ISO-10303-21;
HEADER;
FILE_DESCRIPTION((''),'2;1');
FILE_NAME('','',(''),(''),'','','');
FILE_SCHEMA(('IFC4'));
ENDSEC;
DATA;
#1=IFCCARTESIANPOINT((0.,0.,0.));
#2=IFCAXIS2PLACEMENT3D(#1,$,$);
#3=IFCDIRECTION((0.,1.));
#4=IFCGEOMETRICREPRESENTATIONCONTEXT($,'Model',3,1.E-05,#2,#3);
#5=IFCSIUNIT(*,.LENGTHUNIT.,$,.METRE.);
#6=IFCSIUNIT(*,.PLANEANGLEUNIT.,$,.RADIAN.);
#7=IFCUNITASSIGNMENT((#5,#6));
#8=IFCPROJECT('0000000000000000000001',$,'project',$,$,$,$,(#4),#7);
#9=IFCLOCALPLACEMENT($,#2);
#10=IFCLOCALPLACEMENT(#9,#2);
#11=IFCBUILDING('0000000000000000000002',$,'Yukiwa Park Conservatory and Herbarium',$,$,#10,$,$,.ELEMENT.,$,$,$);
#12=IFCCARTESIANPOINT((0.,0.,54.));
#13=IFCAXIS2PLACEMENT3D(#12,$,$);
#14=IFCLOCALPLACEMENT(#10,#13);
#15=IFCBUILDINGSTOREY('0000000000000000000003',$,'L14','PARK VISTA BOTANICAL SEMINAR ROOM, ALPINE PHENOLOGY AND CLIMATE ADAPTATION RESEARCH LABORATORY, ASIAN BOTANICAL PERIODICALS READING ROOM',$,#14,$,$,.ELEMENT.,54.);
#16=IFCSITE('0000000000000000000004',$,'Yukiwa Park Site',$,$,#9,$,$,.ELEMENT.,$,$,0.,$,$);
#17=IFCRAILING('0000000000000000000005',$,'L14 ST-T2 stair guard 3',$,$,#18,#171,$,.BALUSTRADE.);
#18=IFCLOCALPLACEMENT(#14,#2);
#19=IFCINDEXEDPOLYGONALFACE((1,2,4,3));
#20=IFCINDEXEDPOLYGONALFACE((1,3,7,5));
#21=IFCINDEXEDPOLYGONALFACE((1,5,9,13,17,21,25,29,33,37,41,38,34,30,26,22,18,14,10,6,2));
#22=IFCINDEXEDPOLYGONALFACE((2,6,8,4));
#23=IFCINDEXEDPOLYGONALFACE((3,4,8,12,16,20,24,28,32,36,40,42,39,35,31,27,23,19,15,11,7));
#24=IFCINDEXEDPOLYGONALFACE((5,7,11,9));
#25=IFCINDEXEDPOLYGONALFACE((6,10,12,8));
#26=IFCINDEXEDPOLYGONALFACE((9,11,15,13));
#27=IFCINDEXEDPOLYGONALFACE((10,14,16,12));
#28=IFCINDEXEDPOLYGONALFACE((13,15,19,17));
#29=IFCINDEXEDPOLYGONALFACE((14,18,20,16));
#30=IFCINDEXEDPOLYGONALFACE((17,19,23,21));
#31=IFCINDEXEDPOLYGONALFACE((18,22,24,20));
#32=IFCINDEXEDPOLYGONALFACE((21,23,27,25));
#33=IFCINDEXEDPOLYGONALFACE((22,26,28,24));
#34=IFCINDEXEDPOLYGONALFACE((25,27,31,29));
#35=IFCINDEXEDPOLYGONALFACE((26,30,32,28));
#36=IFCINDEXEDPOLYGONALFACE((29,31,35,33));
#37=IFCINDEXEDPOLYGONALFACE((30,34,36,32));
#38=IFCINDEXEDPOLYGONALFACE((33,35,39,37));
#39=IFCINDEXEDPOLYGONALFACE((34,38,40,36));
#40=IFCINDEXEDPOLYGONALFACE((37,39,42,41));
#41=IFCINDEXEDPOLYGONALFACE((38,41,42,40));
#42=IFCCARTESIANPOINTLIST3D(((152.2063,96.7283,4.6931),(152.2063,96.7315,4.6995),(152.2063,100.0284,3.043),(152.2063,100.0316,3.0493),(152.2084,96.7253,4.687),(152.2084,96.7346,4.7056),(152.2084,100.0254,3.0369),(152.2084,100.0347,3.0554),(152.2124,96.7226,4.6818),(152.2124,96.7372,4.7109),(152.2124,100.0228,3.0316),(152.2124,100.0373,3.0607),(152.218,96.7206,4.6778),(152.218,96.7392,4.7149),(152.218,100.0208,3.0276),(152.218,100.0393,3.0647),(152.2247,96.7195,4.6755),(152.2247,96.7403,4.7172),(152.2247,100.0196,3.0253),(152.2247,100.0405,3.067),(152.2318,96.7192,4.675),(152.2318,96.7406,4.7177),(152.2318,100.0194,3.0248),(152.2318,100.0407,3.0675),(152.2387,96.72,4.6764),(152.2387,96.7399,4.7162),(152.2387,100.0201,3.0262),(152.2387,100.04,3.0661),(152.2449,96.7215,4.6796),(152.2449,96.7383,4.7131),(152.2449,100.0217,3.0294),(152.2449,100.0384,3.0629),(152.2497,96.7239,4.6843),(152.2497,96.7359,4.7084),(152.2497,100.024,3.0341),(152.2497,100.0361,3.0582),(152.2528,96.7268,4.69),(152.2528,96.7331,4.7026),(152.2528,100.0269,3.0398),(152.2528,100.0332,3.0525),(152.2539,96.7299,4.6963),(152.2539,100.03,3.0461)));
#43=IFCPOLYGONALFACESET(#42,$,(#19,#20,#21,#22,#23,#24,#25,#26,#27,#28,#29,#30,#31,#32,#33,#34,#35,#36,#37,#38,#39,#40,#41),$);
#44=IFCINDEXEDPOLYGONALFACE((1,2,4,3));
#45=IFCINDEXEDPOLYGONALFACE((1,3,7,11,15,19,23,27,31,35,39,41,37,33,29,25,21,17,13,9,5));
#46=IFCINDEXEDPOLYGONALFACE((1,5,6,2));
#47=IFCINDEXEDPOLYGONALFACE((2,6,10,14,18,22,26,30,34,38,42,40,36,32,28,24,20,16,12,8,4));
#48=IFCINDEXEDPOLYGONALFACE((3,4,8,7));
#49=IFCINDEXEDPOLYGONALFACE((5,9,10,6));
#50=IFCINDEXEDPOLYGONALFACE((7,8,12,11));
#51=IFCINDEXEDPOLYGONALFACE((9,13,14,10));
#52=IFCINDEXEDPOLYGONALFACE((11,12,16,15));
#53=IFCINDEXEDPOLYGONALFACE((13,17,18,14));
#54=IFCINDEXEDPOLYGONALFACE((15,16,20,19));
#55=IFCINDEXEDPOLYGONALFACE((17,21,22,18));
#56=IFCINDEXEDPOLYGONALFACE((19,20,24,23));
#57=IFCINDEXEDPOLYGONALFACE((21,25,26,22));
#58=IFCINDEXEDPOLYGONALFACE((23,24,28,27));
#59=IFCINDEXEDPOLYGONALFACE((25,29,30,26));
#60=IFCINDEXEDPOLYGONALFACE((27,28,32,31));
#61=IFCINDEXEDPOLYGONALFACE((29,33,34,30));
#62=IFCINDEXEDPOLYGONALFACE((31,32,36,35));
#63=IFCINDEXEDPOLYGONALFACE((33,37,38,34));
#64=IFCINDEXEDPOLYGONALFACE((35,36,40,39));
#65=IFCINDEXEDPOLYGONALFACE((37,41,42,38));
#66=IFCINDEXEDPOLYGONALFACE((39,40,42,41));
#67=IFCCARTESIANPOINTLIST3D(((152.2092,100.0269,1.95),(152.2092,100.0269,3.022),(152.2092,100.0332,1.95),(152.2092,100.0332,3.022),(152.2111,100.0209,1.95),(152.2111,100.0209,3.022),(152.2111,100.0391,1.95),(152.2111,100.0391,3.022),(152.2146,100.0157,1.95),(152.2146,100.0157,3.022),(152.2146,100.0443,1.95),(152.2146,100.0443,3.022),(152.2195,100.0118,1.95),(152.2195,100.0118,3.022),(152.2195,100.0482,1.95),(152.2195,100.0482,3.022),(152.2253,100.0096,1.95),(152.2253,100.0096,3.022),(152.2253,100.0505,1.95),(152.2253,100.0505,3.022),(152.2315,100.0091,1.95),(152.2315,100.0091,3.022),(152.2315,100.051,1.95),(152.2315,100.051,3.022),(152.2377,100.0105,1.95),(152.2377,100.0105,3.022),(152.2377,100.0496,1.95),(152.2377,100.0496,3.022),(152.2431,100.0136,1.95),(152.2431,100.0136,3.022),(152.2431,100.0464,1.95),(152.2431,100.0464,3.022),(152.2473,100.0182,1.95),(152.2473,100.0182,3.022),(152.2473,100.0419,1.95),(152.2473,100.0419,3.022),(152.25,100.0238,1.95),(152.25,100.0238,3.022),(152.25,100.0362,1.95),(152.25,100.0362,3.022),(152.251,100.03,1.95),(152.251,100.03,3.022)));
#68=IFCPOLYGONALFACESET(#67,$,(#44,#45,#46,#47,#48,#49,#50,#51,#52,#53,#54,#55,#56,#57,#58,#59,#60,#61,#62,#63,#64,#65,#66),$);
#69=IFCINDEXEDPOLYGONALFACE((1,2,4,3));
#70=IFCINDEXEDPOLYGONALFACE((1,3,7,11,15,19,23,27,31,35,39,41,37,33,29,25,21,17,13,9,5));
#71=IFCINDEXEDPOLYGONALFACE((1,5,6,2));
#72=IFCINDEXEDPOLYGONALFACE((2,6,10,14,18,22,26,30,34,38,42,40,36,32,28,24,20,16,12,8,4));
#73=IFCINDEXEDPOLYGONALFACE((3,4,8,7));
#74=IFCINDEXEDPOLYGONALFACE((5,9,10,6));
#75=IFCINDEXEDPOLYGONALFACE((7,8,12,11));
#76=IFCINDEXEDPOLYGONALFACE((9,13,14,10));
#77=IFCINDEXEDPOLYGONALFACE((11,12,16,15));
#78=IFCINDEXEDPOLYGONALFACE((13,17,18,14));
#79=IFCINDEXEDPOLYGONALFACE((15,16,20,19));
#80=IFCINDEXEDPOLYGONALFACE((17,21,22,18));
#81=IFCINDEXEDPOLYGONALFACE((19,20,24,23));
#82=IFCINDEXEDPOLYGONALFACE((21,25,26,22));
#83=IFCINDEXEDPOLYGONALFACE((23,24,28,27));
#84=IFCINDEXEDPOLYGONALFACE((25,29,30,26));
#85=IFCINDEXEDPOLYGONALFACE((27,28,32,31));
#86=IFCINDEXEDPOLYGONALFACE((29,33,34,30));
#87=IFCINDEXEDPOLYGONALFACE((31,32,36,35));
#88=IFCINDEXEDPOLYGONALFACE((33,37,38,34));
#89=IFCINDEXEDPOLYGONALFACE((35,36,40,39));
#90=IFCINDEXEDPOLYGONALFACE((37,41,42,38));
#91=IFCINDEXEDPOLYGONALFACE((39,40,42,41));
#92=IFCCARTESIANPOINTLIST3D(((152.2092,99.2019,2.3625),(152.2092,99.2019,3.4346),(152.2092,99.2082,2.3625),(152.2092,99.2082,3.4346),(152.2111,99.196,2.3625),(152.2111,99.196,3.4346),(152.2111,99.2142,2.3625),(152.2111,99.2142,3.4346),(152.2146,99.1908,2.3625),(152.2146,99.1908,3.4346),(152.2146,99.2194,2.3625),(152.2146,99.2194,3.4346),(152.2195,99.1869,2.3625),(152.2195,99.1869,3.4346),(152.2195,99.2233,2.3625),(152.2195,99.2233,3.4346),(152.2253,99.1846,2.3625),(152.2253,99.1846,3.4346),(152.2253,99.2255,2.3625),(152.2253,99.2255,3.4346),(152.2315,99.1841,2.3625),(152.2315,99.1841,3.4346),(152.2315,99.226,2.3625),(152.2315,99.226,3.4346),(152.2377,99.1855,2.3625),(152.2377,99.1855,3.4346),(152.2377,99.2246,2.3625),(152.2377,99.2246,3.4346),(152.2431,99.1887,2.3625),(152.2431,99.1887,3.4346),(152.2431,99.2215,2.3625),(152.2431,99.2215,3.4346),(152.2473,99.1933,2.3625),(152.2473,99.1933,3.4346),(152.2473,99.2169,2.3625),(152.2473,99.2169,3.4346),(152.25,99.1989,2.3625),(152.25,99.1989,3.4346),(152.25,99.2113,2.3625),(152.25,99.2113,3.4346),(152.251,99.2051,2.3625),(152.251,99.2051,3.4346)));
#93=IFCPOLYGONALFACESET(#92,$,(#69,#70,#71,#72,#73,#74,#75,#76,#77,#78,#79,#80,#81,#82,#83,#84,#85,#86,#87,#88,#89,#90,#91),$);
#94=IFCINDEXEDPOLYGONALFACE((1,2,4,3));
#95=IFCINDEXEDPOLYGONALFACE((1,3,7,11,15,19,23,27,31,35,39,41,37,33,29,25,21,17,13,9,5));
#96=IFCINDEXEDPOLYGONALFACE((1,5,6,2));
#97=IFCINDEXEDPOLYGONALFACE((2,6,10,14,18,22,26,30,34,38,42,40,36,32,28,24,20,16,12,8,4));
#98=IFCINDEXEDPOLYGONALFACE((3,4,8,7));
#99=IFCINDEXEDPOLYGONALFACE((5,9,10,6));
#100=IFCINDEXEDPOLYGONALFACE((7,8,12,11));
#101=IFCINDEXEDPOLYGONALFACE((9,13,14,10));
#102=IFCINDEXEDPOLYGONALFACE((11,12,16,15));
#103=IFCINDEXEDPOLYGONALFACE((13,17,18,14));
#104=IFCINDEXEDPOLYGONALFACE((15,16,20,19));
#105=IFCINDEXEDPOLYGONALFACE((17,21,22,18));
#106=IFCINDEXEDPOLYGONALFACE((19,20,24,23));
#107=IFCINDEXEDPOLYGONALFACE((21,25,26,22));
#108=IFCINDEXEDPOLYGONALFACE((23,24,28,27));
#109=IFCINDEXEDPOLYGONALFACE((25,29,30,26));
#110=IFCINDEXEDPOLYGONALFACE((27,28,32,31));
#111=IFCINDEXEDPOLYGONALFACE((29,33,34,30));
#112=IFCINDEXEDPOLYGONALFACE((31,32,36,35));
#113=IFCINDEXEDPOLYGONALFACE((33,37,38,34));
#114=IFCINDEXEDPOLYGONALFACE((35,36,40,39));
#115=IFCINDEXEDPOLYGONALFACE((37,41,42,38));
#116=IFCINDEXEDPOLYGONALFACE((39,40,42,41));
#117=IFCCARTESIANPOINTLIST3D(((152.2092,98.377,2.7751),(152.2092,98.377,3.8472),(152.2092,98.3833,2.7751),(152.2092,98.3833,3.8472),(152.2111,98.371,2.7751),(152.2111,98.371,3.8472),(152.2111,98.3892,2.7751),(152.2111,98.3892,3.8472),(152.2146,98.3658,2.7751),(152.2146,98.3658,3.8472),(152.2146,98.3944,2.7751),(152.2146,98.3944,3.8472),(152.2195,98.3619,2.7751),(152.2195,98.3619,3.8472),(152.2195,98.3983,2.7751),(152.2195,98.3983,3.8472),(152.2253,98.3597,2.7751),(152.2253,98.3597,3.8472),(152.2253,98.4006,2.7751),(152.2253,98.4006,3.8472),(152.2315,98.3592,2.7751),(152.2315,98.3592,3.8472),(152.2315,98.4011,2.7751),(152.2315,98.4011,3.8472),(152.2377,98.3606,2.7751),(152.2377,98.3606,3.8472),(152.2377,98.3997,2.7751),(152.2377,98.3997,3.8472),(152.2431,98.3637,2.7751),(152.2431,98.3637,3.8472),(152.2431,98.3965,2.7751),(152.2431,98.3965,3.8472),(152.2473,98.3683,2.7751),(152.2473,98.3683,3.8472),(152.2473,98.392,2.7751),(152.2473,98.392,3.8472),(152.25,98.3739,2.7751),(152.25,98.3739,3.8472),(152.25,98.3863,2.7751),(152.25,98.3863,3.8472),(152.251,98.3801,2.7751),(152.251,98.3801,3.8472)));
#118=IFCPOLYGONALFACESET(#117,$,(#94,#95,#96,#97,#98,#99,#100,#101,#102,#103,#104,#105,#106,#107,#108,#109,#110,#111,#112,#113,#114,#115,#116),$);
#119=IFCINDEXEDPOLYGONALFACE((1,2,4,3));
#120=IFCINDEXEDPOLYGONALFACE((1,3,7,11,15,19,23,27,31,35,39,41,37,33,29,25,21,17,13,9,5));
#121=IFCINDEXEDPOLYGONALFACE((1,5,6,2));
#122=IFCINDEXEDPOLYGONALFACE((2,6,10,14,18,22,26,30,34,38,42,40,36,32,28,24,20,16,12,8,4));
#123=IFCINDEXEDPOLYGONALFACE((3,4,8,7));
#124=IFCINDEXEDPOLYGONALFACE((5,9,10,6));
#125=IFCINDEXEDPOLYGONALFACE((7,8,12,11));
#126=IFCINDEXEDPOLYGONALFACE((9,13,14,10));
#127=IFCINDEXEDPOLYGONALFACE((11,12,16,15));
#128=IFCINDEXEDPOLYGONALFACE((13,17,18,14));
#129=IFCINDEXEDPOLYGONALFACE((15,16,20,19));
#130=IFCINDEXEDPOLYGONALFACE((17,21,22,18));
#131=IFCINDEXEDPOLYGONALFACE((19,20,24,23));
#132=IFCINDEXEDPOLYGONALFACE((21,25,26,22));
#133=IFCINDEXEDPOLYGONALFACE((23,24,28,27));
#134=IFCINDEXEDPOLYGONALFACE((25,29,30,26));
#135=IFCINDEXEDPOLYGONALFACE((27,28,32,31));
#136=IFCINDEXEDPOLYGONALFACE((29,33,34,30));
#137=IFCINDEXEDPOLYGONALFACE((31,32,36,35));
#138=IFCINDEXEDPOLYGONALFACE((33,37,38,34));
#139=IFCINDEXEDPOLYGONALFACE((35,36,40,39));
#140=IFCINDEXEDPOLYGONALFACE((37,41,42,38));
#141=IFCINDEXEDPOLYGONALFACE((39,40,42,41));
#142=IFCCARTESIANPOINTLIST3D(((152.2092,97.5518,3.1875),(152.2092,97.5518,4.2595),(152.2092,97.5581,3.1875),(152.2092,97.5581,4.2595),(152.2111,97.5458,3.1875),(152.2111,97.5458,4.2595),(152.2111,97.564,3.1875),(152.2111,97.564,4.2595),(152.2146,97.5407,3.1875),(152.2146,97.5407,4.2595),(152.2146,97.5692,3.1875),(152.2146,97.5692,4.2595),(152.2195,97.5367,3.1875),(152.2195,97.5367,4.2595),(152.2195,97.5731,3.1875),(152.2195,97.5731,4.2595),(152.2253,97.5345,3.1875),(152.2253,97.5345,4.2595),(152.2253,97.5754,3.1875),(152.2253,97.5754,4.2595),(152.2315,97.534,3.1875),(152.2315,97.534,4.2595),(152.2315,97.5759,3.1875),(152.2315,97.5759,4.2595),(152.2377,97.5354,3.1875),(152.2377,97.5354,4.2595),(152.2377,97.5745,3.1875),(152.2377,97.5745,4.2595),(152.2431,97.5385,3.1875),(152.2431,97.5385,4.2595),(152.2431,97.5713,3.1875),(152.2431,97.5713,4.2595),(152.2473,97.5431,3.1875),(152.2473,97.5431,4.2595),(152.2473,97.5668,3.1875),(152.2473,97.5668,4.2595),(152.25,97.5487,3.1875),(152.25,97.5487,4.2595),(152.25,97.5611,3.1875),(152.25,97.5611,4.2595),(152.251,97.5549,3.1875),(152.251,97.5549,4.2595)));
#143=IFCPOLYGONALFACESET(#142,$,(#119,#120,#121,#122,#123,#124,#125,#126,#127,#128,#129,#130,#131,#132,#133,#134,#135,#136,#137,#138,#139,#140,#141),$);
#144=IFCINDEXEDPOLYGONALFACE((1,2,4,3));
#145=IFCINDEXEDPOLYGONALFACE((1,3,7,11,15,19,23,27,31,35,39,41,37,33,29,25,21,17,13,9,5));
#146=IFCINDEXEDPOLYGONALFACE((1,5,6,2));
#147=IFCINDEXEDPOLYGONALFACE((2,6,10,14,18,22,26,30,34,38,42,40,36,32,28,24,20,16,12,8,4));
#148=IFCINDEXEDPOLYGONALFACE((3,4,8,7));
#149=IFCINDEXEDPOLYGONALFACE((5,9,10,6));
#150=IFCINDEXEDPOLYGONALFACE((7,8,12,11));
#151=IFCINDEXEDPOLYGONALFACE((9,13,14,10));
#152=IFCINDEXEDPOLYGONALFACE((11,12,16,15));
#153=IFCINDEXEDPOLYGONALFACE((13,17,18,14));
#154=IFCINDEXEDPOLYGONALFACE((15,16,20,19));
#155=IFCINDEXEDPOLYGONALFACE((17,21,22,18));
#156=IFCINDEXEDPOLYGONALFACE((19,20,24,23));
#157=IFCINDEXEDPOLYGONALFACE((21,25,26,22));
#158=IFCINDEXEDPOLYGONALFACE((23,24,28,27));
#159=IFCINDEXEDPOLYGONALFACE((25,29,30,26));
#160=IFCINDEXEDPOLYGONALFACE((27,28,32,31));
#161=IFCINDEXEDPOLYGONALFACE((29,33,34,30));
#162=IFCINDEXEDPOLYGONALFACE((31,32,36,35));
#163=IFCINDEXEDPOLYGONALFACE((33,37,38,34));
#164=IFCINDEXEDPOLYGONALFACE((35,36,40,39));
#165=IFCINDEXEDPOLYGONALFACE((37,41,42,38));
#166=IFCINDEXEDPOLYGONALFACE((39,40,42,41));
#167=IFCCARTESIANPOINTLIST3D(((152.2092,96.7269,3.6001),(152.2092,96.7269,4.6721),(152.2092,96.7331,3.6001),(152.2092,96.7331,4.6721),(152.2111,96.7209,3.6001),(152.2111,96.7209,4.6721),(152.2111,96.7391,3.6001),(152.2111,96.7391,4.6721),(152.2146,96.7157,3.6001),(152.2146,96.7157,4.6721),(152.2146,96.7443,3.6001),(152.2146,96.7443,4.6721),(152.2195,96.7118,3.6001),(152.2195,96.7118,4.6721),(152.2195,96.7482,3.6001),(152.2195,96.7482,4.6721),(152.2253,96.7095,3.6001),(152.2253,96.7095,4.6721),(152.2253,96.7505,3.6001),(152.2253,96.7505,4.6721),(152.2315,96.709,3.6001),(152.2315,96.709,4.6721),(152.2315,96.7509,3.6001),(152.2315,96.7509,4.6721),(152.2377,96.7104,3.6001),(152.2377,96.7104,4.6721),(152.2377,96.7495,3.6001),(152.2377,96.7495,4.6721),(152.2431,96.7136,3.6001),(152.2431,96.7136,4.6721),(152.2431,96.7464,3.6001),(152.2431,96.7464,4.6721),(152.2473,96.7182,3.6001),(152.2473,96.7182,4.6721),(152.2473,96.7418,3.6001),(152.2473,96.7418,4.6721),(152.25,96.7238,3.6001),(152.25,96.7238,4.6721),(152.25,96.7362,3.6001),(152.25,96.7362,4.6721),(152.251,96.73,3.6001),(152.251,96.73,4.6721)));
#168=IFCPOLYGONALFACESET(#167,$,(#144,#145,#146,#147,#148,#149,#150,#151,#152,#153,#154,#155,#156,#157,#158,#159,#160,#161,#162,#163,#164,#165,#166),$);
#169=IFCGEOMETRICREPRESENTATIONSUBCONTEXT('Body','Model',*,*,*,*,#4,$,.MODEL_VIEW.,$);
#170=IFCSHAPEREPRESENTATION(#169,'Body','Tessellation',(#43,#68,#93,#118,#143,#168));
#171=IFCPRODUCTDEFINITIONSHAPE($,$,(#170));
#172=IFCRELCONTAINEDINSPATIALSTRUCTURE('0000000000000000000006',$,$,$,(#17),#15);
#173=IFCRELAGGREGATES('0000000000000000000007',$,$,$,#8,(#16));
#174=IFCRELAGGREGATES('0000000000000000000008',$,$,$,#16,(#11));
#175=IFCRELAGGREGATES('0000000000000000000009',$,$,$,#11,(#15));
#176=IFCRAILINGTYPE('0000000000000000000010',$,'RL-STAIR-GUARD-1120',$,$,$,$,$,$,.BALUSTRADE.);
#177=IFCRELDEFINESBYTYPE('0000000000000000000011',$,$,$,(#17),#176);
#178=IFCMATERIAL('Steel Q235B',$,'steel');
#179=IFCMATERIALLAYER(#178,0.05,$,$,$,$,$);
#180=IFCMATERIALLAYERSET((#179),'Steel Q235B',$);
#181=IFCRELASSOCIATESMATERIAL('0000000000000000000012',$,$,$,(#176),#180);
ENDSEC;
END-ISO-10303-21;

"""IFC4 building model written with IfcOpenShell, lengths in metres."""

from ifc_helpers import new_model, si_unit, direction, frame, origin, origin_2d, place, context, subcontext, project, spatial, circle, extrude, material, layer, layer_set, type_object, element, save


model = new_model("IFC4")

# Units and contexts
model_context = context("Model", 3, precision=1e-05, world=origin(), true_north=direction((0.0, 1.0)))
body_context = subcontext(model_context, "Body", "Model", "MODEL_VIEW")
ifc_project = project(units=[si_unit("LENGTHUNIT", "METRE"), si_unit("PLANEANGLEUNIT", "RADIAN")], contexts=[model_context])

# Site, building, storey
site_placement = place(None, origin())
site = spatial("IfcSite", under=ifc_project, at=site_placement, Name="Yukiwa Park Site", CompositionType="ELEMENT", RefElevation=0.0)
building_placement = place(site_placement, origin())
building = spatial("IfcBuilding", under=site, at=building_placement, Name="Yukiwa Park Conservatory and Herbarium", CompositionType="ELEMENT")
storey_placement = place(building_placement, frame((0.0, 0.0, 54.0)))
storey = spatial("IfcBuildingStorey", under=building, at=storey_placement, Name="L14", Description="PARK VISTA BOTANICAL SEMINAR ROOM, ALPINE PHENOLOGY AND CLIMATE ADAPTATION RESEARCH LABORATORY, ASIAN BOTANICAL PERIODICALS READING ROOM", CompositionType="ELEMENT", Elevation=54.0)

# Railing
ifc_material_1 = material(Name="Steel Q235B", Category="steel")
ifc_layer_1 = layer(ifc_material_1, 0.05)
ifc_layer_set_1 = layer_set([ifc_layer_1], Name="Steel Q235B")
railing_type_1 = type_object("IfcRailingType", Name="RL-STAIR-GUARD-1120", PredefinedType="BALUSTRADE", material=ifc_layer_set_1)
railing_1_placement = place(storey_placement, frame((152.23, 100.03, 1.95)))
element("IfcRailing", 1, at=railing_1_placement, inside=storey, type_object=railing_type_1, Name="L14 ST-T2 stair guard 3", PredefinedType="BALUSTRADE", context=body_context, shape_type="SweptSolid", body=[
    extrude(circle(Radius=0.0239, at=origin_2d()), frame((0.0, 0.0, 1.0962), z_axis=(0.0, -0.894414, 0.44724), x_axis=(1.0, 0.0, 0.0)), (0.0, 0.0, 1.0), 3.6897),
    extrude(circle(Radius=0.021, at=origin_2d()), origin(), (0.0, 0.0, 1.0), 1.072),
    extrude(circle(Radius=0.021, at=origin_2d()), frame((0.0, -0.825, 0.4126)), (0.0, 0.0, 1.0), 1.072),
    extrude(circle(Radius=0.021, at=origin_2d()), frame((0.0, -1.6499, 0.8252)), (0.0, 0.0, 1.0), 1.072),
    extrude(circle(Radius=0.021, at=origin_2d()), frame((0.0, -2.4751, 1.2375)), (0.0, 0.0, 1.0), 1.072),
    extrude(circle(Radius=0.021, at=origin_2d()), frame((0.0, -3.3, 1.6501)), (0.0, 0.0, 1.0), 1.072),
])

save(model, "model.ifc")
